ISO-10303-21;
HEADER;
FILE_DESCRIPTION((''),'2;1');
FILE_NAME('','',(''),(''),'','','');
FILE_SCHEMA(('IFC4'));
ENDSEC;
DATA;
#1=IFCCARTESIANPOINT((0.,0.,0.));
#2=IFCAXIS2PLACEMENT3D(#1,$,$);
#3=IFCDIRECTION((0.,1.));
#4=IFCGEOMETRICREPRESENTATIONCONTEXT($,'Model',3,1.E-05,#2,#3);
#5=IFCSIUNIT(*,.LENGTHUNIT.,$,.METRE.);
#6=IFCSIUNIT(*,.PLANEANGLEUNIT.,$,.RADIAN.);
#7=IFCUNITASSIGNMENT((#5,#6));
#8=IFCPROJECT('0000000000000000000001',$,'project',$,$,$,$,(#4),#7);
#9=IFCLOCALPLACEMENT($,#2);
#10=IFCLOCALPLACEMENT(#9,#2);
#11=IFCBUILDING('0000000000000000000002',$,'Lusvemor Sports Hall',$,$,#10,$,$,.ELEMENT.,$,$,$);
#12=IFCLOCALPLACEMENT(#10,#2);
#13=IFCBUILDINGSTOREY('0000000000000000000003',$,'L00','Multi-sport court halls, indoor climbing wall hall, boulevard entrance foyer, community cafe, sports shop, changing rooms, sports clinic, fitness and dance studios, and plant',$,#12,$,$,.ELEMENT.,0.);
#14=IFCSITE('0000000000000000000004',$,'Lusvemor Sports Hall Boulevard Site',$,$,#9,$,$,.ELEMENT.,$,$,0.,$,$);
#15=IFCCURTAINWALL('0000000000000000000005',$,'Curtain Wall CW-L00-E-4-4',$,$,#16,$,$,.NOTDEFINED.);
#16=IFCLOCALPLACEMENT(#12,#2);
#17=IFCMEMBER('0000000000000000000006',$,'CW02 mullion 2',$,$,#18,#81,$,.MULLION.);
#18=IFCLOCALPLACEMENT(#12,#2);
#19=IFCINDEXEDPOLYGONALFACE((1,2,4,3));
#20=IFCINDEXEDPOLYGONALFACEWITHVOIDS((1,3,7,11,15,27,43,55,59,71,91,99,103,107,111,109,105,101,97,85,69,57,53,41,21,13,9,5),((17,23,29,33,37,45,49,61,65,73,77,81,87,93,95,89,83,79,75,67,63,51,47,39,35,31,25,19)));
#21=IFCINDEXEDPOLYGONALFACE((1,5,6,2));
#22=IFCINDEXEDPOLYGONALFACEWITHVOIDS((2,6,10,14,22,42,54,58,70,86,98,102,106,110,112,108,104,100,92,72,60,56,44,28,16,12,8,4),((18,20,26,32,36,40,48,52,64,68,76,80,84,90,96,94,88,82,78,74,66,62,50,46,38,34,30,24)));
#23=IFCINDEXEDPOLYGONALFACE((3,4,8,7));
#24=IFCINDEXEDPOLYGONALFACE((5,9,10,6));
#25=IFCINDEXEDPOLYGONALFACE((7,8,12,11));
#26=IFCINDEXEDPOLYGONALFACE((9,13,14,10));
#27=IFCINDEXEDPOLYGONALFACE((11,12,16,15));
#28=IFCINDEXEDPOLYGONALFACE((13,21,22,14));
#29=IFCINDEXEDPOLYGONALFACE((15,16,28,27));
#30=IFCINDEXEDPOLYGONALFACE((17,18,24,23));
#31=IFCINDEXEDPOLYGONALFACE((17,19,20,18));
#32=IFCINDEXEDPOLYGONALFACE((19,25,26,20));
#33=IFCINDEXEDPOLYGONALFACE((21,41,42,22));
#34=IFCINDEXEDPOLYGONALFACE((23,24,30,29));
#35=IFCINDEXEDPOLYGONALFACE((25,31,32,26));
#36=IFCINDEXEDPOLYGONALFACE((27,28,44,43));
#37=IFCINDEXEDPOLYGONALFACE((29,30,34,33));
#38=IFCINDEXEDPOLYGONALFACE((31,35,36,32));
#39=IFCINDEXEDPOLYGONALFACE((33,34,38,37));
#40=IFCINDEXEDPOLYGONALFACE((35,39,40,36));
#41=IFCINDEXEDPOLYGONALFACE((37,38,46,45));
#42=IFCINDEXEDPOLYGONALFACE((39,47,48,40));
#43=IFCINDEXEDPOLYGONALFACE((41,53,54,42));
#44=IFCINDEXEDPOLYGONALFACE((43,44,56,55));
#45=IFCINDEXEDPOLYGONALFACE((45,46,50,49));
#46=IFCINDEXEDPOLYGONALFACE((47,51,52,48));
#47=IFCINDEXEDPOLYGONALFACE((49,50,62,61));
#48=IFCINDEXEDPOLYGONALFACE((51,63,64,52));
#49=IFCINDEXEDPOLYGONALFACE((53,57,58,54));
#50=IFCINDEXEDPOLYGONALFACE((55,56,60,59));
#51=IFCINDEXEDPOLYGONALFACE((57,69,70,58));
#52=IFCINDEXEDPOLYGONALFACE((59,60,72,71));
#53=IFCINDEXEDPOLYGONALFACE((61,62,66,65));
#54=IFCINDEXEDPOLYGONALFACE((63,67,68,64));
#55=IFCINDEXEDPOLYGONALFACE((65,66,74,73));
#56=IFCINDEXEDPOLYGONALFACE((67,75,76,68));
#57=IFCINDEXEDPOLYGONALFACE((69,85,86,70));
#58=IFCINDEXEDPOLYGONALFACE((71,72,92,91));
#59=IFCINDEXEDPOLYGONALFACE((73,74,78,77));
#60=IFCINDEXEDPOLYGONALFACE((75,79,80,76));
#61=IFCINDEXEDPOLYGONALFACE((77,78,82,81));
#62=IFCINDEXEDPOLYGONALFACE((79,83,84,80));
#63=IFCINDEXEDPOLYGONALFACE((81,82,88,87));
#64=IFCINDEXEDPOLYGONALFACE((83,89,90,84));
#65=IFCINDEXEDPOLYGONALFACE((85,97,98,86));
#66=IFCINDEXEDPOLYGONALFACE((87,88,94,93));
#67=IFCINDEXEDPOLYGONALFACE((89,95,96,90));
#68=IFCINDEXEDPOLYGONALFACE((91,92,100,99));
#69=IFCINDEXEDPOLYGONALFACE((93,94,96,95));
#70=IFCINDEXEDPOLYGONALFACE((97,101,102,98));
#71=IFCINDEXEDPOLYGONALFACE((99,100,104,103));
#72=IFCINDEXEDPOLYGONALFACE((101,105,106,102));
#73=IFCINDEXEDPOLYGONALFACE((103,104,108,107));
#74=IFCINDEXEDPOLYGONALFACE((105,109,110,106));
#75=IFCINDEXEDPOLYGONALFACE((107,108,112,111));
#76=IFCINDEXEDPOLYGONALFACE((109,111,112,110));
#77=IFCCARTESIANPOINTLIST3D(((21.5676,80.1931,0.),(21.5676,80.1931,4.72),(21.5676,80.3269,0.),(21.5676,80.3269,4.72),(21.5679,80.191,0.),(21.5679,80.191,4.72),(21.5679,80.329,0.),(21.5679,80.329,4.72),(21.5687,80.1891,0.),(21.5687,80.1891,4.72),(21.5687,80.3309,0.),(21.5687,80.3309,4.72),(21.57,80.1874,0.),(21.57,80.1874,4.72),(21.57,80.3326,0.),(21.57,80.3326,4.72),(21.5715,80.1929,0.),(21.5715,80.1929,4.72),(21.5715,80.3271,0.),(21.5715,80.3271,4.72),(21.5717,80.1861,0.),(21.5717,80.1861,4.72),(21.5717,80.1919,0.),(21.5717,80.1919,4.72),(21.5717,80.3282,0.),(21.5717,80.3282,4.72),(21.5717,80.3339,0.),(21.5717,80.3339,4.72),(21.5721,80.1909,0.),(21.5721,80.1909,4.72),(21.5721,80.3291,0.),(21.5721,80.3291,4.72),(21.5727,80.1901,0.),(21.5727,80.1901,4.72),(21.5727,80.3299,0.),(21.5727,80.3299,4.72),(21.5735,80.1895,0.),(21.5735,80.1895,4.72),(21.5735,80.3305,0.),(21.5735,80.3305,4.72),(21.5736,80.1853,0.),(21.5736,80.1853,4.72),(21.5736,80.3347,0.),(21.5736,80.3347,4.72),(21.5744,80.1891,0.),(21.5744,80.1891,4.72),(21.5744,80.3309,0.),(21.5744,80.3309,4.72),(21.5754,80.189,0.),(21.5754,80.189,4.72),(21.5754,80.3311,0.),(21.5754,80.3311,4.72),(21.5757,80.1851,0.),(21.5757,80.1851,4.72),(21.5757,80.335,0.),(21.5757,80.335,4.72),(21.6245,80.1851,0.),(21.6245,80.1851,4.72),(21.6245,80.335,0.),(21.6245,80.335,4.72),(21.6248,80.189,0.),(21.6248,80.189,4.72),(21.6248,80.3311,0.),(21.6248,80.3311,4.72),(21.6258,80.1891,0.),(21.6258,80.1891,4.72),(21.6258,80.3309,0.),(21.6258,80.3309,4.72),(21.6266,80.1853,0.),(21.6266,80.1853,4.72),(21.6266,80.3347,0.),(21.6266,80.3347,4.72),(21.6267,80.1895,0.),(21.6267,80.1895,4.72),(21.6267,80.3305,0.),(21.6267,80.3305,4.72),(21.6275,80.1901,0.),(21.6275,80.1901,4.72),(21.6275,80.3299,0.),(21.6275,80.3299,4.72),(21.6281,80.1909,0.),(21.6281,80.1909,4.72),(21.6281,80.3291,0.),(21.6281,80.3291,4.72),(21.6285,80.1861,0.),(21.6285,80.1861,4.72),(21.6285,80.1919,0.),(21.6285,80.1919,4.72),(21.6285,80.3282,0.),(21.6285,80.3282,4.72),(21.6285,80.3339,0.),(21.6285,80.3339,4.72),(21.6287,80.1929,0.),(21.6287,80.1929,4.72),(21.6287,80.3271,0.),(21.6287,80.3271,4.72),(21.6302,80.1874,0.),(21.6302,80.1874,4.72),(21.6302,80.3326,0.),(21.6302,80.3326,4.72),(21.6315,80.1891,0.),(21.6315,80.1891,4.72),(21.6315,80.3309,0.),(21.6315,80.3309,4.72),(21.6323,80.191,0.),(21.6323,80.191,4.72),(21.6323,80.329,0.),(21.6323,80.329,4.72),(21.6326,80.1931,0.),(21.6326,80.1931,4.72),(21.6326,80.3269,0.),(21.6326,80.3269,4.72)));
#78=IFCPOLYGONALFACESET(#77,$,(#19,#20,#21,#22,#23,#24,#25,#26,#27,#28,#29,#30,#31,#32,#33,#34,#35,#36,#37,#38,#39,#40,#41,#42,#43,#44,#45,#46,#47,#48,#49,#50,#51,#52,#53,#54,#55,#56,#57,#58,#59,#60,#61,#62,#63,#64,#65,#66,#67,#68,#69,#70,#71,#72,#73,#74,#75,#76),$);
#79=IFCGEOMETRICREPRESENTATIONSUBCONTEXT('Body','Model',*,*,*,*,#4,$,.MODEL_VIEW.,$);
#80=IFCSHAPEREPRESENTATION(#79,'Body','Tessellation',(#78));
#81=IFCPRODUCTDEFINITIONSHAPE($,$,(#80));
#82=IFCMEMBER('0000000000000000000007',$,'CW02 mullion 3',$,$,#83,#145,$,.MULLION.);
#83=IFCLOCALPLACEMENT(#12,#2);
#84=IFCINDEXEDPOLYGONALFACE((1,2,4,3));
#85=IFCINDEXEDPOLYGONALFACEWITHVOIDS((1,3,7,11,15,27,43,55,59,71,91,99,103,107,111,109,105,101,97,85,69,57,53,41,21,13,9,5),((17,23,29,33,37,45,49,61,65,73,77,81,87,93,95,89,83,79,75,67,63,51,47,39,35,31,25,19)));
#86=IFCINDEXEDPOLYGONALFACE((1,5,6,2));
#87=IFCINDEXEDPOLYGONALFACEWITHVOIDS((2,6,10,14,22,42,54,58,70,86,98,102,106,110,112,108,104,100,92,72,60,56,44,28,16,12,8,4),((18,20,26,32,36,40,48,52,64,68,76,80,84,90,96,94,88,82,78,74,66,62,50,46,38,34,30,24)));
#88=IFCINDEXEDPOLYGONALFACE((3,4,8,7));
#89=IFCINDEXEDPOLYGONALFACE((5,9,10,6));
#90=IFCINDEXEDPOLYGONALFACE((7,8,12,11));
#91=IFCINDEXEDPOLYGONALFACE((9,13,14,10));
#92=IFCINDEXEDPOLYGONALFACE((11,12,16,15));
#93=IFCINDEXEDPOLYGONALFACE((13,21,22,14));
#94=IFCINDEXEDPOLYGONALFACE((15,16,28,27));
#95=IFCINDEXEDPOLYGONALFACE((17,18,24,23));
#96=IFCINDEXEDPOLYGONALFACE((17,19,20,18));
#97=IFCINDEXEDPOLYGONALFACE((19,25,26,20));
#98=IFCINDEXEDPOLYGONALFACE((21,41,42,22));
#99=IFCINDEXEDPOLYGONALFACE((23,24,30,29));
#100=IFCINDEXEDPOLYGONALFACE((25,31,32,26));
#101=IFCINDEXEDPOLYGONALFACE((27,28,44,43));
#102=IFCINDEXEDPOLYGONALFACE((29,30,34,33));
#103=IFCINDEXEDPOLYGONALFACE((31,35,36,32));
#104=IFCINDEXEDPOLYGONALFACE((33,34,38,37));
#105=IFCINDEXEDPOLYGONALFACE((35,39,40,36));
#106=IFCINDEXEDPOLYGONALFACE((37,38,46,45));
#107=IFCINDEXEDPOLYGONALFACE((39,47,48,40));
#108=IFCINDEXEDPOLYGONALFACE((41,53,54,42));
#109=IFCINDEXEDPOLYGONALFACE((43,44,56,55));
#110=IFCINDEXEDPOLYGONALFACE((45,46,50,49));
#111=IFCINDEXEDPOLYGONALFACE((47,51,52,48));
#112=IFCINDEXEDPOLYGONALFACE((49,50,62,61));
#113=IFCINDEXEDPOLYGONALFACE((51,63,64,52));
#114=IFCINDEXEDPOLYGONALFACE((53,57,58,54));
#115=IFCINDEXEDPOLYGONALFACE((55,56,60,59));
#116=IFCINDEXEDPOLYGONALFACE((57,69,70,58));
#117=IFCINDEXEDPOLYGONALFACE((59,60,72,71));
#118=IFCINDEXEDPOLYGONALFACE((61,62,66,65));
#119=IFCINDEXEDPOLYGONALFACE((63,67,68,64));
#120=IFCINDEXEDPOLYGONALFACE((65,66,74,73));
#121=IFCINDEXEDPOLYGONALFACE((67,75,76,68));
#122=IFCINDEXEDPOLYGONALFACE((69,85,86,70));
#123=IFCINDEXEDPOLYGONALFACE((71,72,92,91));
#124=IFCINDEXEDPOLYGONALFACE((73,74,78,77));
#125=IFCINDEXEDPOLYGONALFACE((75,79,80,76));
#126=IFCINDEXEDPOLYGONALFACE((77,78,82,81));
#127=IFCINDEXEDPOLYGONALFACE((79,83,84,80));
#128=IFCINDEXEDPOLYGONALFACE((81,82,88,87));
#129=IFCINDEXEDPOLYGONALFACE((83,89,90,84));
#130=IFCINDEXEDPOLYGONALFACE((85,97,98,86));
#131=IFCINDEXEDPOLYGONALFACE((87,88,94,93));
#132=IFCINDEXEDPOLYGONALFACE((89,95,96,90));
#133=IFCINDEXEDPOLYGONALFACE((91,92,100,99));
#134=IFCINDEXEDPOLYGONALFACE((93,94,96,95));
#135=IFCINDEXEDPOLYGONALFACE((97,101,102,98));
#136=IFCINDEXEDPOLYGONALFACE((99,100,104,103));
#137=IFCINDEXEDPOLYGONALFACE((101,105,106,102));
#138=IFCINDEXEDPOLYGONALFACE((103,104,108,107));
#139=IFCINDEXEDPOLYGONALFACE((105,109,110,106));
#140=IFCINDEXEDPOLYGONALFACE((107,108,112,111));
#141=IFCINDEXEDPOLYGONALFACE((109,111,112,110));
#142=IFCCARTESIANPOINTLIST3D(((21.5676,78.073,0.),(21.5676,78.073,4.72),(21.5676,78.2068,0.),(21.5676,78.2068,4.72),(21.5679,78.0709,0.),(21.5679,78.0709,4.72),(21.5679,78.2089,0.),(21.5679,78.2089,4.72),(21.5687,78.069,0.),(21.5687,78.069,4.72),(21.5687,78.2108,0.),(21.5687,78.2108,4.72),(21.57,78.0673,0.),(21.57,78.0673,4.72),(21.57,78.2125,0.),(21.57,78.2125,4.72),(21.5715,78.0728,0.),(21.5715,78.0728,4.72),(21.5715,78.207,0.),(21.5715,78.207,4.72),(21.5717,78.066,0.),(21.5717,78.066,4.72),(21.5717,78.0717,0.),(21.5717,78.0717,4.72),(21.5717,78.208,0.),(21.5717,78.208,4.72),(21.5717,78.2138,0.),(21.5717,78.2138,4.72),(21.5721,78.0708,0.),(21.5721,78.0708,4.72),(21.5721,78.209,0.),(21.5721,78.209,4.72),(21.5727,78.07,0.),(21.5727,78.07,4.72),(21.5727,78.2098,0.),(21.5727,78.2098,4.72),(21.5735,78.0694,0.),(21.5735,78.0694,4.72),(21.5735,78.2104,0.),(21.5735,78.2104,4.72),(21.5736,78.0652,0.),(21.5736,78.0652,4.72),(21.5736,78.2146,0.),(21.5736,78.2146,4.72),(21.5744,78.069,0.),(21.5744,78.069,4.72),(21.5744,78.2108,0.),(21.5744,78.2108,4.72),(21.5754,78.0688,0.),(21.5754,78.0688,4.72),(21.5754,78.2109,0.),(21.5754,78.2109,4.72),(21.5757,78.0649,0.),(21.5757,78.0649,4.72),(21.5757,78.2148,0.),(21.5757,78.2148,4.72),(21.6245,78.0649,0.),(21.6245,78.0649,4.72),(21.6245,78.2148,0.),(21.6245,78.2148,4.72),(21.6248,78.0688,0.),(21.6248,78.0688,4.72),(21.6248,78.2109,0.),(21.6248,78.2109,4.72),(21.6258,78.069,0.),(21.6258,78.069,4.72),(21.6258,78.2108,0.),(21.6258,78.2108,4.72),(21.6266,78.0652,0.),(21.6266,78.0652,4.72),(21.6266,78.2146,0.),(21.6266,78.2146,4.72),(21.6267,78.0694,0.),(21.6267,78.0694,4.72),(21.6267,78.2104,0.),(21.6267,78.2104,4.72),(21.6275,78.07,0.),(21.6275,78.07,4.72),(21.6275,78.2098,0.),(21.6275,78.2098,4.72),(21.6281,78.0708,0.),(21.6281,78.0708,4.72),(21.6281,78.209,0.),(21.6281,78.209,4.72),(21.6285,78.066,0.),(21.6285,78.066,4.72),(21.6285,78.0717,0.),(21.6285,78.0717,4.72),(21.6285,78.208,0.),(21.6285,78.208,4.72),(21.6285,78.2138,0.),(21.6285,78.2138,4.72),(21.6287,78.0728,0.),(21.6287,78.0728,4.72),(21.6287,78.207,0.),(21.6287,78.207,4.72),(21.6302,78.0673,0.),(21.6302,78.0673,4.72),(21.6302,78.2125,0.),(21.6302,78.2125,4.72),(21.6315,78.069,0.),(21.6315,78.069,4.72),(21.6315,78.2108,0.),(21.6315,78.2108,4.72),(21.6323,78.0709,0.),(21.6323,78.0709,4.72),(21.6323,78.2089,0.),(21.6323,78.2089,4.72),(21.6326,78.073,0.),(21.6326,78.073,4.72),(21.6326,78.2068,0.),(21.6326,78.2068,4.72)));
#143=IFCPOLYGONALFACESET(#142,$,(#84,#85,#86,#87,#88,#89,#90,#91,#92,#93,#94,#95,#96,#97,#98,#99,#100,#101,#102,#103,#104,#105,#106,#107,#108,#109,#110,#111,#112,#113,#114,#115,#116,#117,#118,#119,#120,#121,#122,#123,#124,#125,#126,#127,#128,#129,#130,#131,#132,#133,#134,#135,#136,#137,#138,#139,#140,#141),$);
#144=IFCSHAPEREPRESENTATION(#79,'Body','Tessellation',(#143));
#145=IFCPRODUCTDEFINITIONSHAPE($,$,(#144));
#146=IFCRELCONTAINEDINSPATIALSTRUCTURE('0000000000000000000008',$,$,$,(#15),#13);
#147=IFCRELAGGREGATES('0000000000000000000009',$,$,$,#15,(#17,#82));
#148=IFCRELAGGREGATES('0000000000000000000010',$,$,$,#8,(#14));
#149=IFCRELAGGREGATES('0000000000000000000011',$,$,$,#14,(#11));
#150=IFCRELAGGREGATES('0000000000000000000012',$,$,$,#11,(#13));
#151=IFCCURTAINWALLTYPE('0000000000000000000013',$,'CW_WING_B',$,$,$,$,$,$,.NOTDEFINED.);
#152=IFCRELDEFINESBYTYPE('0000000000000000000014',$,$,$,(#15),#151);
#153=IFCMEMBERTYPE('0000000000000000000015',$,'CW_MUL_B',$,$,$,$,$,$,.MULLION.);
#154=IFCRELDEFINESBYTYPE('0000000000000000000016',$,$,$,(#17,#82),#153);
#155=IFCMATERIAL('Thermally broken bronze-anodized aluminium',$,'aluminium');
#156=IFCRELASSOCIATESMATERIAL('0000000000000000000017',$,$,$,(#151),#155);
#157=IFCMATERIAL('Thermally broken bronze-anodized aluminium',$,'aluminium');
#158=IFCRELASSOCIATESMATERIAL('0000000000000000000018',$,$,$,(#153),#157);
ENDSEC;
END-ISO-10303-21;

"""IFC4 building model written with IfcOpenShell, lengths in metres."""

from ifc_helpers import new_model, si_unit, direction, frame, origin, origin_2d, place, context, subcontext, project, spatial, hollow_rectangle, extrude, material, material_profile, profile_set, type_object, element, aggregate, save


model = new_model("IFC4")

# Units and contexts
model_context = context("Model", 3, precision=1e-05, world=origin(), true_north=direction((0.0, 1.0)))
body_context = subcontext(model_context, "Body", "Model", "MODEL_VIEW")
ifc_project = project(units=[si_unit("LENGTHUNIT", "METRE"), si_unit("PLANEANGLEUNIT", "RADIAN")], contexts=[model_context])

# Site, building, storey
site_placement = place(None, origin())
site = spatial("IfcSite", under=ifc_project, at=site_placement, Name="Lusvemor Sports Hall Boulevard Site", CompositionType="ELEMENT", RefElevation=0.0)
building_placement = place(site_placement, origin())
building = spatial("IfcBuilding", under=site, at=building_placement, Name="Lusvemor Sports Hall", CompositionType="ELEMENT")
storey_placement = place(building_placement, origin())
storey = spatial("IfcBuildingStorey", under=building, at=storey_placement, Name="L00", Description="Multi-sport court halls, indoor climbing wall hall, boulevard entrance foyer, community cafe, sports shop, changing rooms, sports clinic, fitness and dance studios, and plant", CompositionType="ELEMENT", Elevation=0.0)

# Curtain wall, members
ifc_material_1 = material(Name="Thermally broken bronze-anodized aluminium", Category="aluminium")
curtain_wall_type = type_object("IfcCurtainWallType", Name="CW_WING_B", PredefinedType="NOTDEFINED", material=ifc_material_1)
curtain_wall_placement = place(storey_placement, origin())
curtain_wall = element("IfcCurtainWall", 1, at=curtain_wall_placement, inside=storey, type_object=curtain_wall_type, Name="Curtain Wall CW-L00-E-4-4", PredefinedType="NOTDEFINED")
ifc_material_2 = material(Name="Thermally broken bronze-anodized aluminium", Category="aluminium")
ifc_material_profile_1 = material_profile(ifc_material_2, hollow_rectangle(XDim=0.0649, YDim=0.1499, WallThickness=0.0039, InnerFilletRadius=0.0039, OuterFilletRadius=0.0081, at=origin_2d()), Name="CWMUL150x65x4")
ifc_profile_set_1 = profile_set([ifc_material_profile_1], Name="Thermally broken bronze-anodized aluminium")
member_type_1 = type_object("IfcMemberType", Name="CW_MUL_B", PredefinedType="MULLION", material=ifc_profile_set_1)
member_1_placement = place(storey_placement, frame((21.6001, 80.26, 0.0), z_axis=(0.0, 0.0, 1.0), x_axis=(1.0, 0.0, 0.0)))
member_1 = element("IfcMember", 2, at=member_1_placement, type_object=member_type_1, Name="CW02 mullion 2", PredefinedType="MULLION", context=body_context, shape_type="SweptSolid", body=[
    extrude(hollow_rectangle(XDim=0.0649, YDim=0.1499, WallThickness=0.0039, InnerFilletRadius=0.0039, OuterFilletRadius=0.0081, at=origin_2d()), origin(), (0.0, 0.0, 1.0), 4.72),
])
member_2_placement = place(storey_placement, frame((21.6001, 78.1399, 0.0), z_axis=(0.0, 0.0, 1.0), x_axis=(1.0, 0.0, 0.0)))
member_2 = element("IfcMember", 3, at=member_2_placement, type_object=member_type_1, Name="CW02 mullion 3", PredefinedType="MULLION", context=body_context, shape_type="SweptSolid", body=[
    extrude(hollow_rectangle(XDim=0.0649, YDim=0.1499, WallThickness=0.0039, InnerFilletRadius=0.0039, OuterFilletRadius=0.0081, at=origin_2d()), origin(), (0.0, 0.0, 1.0), 4.72),
])
aggregate(curtain_wall, [member_1, member_2])

save(model, "model.ifc")
